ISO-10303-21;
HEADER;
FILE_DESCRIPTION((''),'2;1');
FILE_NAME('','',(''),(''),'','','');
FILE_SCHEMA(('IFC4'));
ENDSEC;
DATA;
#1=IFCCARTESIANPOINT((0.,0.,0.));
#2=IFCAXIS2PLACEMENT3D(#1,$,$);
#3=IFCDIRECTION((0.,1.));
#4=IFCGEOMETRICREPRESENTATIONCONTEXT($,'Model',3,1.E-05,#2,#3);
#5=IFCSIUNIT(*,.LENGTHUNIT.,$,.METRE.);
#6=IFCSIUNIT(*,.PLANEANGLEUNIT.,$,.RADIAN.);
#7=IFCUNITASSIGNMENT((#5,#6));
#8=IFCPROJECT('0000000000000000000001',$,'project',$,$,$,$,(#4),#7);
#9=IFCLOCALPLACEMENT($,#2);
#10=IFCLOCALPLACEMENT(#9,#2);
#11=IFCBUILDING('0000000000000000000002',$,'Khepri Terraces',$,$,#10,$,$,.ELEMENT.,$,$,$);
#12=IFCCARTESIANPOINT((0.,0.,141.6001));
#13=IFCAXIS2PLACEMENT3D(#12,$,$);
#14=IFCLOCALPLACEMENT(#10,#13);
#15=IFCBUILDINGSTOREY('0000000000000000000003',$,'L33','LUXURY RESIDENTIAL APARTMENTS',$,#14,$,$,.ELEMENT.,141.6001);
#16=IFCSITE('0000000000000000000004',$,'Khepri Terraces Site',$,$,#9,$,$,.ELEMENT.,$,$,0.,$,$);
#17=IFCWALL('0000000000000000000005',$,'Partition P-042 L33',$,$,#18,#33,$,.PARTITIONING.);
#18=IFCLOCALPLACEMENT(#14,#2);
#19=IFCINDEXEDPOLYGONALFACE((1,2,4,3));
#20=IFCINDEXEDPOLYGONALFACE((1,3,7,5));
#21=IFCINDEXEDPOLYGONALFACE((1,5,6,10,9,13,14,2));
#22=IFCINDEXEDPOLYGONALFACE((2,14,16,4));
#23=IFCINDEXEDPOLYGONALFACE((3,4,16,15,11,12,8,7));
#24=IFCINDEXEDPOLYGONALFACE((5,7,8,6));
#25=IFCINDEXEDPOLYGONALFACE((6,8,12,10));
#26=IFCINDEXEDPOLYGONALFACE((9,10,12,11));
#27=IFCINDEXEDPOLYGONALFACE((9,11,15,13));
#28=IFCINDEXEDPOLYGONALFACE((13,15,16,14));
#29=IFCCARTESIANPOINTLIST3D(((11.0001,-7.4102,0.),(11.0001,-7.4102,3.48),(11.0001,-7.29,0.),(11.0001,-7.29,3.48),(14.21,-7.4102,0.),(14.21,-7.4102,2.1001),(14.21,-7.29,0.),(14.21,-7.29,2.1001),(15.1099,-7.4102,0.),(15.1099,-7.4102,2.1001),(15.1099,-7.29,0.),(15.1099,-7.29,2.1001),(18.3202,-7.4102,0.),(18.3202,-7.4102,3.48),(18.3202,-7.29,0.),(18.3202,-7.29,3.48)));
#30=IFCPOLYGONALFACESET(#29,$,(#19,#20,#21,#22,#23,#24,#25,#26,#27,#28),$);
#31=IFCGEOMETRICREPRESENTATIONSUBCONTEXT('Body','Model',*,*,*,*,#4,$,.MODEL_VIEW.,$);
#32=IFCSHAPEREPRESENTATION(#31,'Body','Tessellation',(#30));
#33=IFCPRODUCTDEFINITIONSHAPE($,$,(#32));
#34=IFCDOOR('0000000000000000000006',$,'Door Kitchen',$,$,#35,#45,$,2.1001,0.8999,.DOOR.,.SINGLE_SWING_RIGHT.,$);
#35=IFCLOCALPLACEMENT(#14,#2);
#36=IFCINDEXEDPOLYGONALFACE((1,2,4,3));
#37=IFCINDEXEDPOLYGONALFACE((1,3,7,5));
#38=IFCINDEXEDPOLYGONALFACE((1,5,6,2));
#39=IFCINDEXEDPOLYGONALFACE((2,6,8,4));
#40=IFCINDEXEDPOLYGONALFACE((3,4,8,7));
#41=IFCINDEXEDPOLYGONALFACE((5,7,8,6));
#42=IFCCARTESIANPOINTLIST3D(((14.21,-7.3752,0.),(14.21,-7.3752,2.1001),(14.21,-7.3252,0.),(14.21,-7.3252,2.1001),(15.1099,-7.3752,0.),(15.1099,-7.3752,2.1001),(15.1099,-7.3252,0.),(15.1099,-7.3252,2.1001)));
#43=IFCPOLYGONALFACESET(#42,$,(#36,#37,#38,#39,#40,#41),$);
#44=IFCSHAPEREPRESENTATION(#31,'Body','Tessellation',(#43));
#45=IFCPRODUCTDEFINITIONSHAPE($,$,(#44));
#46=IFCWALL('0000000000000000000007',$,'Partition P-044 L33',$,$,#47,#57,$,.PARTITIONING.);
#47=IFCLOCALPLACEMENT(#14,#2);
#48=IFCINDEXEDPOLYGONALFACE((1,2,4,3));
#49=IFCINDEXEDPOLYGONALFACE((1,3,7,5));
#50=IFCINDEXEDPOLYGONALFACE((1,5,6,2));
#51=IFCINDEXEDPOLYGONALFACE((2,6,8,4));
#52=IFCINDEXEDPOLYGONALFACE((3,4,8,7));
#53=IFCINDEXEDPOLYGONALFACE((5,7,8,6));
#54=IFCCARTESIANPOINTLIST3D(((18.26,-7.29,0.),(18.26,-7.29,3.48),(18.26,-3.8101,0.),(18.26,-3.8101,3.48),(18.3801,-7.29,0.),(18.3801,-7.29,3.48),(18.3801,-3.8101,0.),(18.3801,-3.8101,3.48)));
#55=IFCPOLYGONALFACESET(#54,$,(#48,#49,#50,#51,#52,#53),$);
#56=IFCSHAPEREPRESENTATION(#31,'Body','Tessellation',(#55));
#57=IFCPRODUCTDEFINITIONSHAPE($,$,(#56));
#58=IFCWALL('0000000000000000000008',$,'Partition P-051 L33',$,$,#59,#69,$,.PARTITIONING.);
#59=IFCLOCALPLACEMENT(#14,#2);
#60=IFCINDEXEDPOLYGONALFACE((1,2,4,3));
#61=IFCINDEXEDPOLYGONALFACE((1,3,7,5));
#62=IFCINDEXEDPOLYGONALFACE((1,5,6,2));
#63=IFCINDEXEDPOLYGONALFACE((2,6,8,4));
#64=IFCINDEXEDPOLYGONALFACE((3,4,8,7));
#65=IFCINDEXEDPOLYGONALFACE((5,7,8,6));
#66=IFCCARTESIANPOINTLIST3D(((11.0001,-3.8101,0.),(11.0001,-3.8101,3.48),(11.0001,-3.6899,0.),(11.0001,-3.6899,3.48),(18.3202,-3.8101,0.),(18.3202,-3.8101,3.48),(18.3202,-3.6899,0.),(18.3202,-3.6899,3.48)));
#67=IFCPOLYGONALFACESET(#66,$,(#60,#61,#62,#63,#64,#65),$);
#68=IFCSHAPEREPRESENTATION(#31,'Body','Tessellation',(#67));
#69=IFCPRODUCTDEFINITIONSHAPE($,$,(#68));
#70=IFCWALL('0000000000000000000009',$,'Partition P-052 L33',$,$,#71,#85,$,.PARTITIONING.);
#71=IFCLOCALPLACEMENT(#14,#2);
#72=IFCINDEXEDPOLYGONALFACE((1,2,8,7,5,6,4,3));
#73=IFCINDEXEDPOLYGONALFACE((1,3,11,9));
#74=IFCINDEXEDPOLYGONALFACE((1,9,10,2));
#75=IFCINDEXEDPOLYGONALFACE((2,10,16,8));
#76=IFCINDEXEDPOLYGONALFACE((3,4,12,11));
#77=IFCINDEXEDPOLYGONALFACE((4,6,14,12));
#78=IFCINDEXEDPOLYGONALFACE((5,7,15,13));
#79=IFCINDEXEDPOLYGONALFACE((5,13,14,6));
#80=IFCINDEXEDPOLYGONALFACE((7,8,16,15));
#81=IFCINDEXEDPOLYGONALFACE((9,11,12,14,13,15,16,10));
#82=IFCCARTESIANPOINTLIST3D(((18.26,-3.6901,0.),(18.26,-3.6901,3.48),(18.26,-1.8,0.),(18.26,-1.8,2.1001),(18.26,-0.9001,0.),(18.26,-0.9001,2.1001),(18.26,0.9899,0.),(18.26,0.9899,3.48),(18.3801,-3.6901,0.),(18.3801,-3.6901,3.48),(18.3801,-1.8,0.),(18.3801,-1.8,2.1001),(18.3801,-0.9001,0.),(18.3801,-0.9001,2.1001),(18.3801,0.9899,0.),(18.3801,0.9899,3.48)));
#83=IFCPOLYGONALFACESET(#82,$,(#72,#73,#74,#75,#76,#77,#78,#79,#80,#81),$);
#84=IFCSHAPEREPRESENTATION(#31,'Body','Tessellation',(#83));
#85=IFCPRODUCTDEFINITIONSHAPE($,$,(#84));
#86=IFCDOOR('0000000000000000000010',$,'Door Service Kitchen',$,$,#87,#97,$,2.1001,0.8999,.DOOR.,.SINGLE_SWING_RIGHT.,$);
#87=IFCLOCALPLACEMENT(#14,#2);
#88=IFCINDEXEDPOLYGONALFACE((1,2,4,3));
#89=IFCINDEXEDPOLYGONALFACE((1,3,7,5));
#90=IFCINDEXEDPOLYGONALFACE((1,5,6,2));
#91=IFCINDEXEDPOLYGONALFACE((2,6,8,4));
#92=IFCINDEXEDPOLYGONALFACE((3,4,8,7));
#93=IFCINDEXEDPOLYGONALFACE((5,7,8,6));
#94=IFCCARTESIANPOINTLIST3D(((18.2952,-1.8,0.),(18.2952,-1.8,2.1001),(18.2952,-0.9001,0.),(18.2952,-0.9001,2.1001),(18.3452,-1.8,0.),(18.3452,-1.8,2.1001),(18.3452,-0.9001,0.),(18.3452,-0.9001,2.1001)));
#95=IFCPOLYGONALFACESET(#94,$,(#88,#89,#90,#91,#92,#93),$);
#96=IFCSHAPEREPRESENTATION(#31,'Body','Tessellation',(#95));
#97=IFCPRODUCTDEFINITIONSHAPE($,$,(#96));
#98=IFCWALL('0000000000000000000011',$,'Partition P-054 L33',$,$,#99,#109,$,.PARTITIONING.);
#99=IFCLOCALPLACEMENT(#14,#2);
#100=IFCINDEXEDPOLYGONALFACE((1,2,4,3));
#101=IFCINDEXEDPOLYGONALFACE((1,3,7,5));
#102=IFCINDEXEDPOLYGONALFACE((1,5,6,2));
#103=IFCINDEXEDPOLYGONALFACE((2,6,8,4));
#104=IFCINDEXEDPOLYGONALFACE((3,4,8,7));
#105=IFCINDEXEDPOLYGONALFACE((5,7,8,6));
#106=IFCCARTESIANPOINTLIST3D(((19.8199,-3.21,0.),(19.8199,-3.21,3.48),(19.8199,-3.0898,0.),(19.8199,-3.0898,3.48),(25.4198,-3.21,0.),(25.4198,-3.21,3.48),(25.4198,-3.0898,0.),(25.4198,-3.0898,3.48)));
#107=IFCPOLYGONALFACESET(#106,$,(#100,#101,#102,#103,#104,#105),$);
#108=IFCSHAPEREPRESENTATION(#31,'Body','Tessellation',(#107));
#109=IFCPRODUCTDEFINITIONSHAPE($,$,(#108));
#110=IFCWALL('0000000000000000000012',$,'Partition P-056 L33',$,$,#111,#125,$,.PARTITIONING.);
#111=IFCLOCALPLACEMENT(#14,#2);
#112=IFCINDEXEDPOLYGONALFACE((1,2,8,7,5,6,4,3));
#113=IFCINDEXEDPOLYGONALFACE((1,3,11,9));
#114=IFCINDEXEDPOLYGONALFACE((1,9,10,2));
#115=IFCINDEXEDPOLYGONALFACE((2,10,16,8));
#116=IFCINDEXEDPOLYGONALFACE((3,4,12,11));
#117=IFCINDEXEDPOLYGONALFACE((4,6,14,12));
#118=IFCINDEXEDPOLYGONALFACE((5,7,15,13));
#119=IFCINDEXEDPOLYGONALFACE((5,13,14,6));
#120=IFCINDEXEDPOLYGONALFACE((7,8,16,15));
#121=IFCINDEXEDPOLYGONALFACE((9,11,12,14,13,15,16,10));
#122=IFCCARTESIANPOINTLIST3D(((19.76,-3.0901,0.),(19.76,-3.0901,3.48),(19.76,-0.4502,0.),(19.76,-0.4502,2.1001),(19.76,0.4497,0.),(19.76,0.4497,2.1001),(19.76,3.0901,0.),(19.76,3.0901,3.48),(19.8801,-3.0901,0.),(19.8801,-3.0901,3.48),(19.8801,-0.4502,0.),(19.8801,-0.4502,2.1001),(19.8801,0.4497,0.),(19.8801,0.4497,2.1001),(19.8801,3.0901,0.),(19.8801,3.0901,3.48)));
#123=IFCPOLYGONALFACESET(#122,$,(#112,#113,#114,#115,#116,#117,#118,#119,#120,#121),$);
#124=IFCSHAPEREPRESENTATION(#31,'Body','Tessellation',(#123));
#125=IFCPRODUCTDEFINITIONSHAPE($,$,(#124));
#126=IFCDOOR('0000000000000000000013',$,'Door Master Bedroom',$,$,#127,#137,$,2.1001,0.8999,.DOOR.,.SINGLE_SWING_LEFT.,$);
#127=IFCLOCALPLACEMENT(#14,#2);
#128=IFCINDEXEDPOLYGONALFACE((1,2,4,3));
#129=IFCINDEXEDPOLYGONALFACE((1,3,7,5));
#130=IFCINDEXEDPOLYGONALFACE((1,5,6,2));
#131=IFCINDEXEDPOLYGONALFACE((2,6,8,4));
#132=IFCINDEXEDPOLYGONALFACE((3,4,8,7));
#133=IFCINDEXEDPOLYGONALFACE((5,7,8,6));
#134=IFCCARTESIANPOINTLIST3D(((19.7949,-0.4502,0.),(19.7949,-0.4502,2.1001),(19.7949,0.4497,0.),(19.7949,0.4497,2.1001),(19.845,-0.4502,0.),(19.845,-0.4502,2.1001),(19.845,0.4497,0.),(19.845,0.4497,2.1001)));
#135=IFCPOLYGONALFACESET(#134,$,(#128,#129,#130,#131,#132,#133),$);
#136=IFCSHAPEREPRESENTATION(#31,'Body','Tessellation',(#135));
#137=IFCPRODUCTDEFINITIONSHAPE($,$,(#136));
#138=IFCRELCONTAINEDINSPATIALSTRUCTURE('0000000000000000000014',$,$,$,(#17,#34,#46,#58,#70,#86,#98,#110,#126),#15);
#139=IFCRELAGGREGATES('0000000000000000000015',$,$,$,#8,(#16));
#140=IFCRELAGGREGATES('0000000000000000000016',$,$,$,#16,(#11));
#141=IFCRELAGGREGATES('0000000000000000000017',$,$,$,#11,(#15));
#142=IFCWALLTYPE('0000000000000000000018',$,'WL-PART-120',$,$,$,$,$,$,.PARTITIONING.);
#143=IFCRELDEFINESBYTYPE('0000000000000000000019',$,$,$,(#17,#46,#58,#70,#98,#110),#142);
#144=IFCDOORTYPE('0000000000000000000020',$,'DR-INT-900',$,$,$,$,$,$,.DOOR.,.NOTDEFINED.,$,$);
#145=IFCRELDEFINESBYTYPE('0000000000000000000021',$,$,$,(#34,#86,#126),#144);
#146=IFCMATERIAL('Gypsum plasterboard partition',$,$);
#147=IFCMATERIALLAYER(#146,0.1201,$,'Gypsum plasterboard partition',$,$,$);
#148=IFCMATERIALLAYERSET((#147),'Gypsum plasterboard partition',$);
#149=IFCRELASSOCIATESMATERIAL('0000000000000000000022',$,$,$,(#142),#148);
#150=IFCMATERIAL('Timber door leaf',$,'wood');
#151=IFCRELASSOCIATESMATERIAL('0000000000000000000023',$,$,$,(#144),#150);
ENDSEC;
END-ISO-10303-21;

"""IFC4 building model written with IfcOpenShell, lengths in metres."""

from ifc_helpers import new_model, si_unit, direction, frame, frame_2d, origin, place, context, subcontext, project, spatial, rectangle, extrude, material, layer, layer_set, type_object, element, fill, save


model = new_model("IFC4")

# Units and contexts
model_context = context("Model", 3, precision=1e-05, world=origin(), true_north=direction((0.0, 1.0)))
body_context = subcontext(model_context, "Body", "Model", "MODEL_VIEW")
ifc_project = project(units=[si_unit("LENGTHUNIT", "METRE"), si_unit("PLANEANGLEUNIT", "RADIAN")], contexts=[model_context])

# Site, building, storey
site_placement = place(None, origin())
site = spatial("IfcSite", under=ifc_project, at=site_placement, Name="Khepri Terraces Site", CompositionType="ELEMENT", RefElevation=0.0)
building_placement = place(site_placement, origin())
building = spatial("IfcBuilding", under=site, at=building_placement, Name="Khepri Terraces", CompositionType="ELEMENT")
storey_placement = place(building_placement, frame((0.0, 0.0, 141.6001)))
storey = spatial("IfcBuildingStorey", under=building, at=storey_placement, Name="L33", Description="LUXURY RESIDENTIAL APARTMENTS", CompositionType="ELEMENT", Elevation=141.6001)

# Shared definitions
ifc_material_1 = material(Name="Gypsum plasterboard partition")
ifc_layer_1 = layer(ifc_material_1, 0.1201, Name="Gypsum plasterboard partition")
ifc_layer_set_1 = layer_set([ifc_layer_1], Name="Gypsum plasterboard partition")
wall_type_1 = type_object("IfcWallType", Name="WL-PART-120", PredefinedType="PARTITIONING", material=ifc_layer_set_1)
ifc_material_2 = material(Name="Timber door leaf", Category="wood")
door_type_1 = type_object("IfcDoorType", Name="DR-INT-900", OperationType="NOTDEFINED", PredefinedType="DOOR", material=ifc_material_2)

# Wall, opening, door
wall_1_placement = place(storey_placement, frame((11.0, -7.3501, 0.0), z_axis=(0.0, 0.0, 1.0), x_axis=(1.0, 0.0, 0.0)))
wall_1 = element("IfcWall", 1, at=wall_1_placement, inside=storey, type_object=wall_type_1, Name="Partition P-042 L33", PredefinedType="PARTITIONING", context=body_context, shape_type="SweptSolid", body=[
    extrude(rectangle(XDim=7.3201, YDim=0.1201, at=frame_2d((3.6602, 0.0))), origin(), (0.0, 0.0, 1.0), 3.48),
])
opening_1_placement = place(wall_1_placement, frame((3.21, 0.0, 0.0)))
opening_1 = element("IfcOpeningElement", 2, at=opening_1_placement, cuts=wall_1, PredefinedType="OPENING", context=body_context, shape_type="SweptSolid", body=[
    extrude(rectangle(XDim=0.8999, YDim=2.1001, at=frame_2d((0.45, 1.05))), frame((0.0, 0.0701, 0.0), z_axis=(0.0, -1.0, 0.0), x_axis=(1.0, 0.0, 0.0)), (0.0, 0.0, 1.0), 0.1401),
])
door_1_placement = place(opening_1_placement, origin())
door_1 = element("IfcDoor", 3, at=door_1_placement, inside=storey, type_object=door_type_1, Name="Door Kitchen", OperationType="SINGLE_SWING_RIGHT", OverallHeight=2.1001, OverallWidth=0.8999, PredefinedType="DOOR", context=body_context, shape_type="SweptSolid", body=[
    extrude(rectangle(XDim=0.8999, YDim=2.1001, at=frame_2d((0.45, 1.05))), frame((0.0, 0.0249, 0.0), z_axis=(0.0, -1.0, 0.0), x_axis=(1.0, 0.0, 0.0)), (0.0, 0.0, 1.0), 0.05),
])
fill(opening_1, door_1)

# Walls
wall_2_placement = place(storey_placement, frame((18.3201, -7.29, 0.0), z_axis=(0.0, 0.0, 1.0), x_axis=(0.0, 1.0, 0.0)))
element("IfcWall", 4, at=wall_2_placement, inside=storey, type_object=wall_type_1, Name="Partition P-044 L33", PredefinedType="PARTITIONING", context=body_context, shape_type="SweptSolid", body=[
    extrude(rectangle(XDim=3.48, YDim=0.1201, at=frame_2d((1.74, 0.0))), origin(), (0.0, 0.0, 1.0), 3.48),
])
wall_3_placement = place(storey_placement, frame((11.0, -3.75, 0.0), z_axis=(0.0, 0.0, 1.0), x_axis=(1.0, 0.0, 0.0)))
element("IfcWall", 5, at=wall_3_placement, inside=storey, type_object=wall_type_1, Name="Partition P-051 L33", PredefinedType="PARTITIONING", context=body_context, shape_type="SweptSolid", body=[
    extrude(rectangle(XDim=7.3201, YDim=0.1201, at=frame_2d((3.6602, 0.0))), origin(), (0.0, 0.0, 1.0), 3.48),
])

# Wall, opening, door
wall_4_placement = place(storey_placement, frame((18.3201, -3.6899, 0.0), z_axis=(0.0, 0.0, 1.0), x_axis=(0.0, 1.0, 0.0)))
wall_4 = element("IfcWall", 6, at=wall_4_placement, inside=storey, type_object=wall_type_1, Name="Partition P-052 L33", PredefinedType="PARTITIONING", context=body_context, shape_type="SweptSolid", body=[
    extrude(rectangle(XDim=4.6799, YDim=0.1201, at=frame_2d((2.3398, 0.0))), origin(), (0.0, 0.0, 1.0), 3.48),
])
opening_2_placement = place(wall_4_placement, frame((1.8899, 0.0, 0.0)))
opening_2 = element("IfcOpeningElement", 7, at=opening_2_placement, cuts=wall_4, PredefinedType="OPENING", context=body_context, shape_type="SweptSolid", body=[
    extrude(rectangle(XDim=0.8999, YDim=2.1001, at=frame_2d((0.45, 1.05))), frame((0.0, 0.0701, 0.0), z_axis=(0.0, -1.0, 0.0), x_axis=(1.0, 0.0, 0.0)), (0.0, 0.0, 1.0), 0.1401),
])
door_2_placement = place(opening_2_placement, origin())
door_2 = element("IfcDoor", 8, at=door_2_placement, inside=storey, type_object=door_type_1, Name="Door Service Kitchen", OperationType="SINGLE_SWING_RIGHT", OverallHeight=2.1001, OverallWidth=0.8999, PredefinedType="DOOR", context=body_context, shape_type="SweptSolid", body=[
    extrude(rectangle(XDim=0.8999, YDim=2.1001, at=frame_2d((0.45, 1.05))), frame((0.0, 0.0249, 0.0), z_axis=(0.0, -1.0, 0.0), x_axis=(1.0, 0.0, 0.0)), (0.0, 0.0, 1.0), 0.05),
])
fill(opening_2, door_2)

# Wall
wall_5_placement = place(storey_placement, frame((19.8201, -3.1499, 0.0), z_axis=(0.0, 0.0, 1.0), x_axis=(1.0, 0.0, 0.0)))
element("IfcWall", 9, at=wall_5_placement, inside=storey, type_object=wall_type_1, Name="Partition P-054 L33", PredefinedType="PARTITIONING", context=body_context, shape_type="SweptSolid", body=[
    extrude(rectangle(XDim=5.5999, YDim=0.1201, at=frame_2d((2.7998, 0.0))), origin(), (0.0, 0.0, 1.0), 3.48),
])

# Wall, opening, door
wall_6_placement = place(storey_placement, frame((19.8201, -3.0901, 0.0), z_axis=(0.0, 0.0, 1.0), x_axis=(0.0, 1.0, 0.0)))
wall_6 = element("IfcWall", 10, at=wall_6_placement, inside=storey, type_object=wall_type_1, Name="Partition P-056 L33", PredefinedType="PARTITIONING", context=body_context, shape_type="SweptSolid", body=[
    extrude(rectangle(XDim=6.1802, YDim=0.1201, at=frame_2d((3.0901, 0.0))), origin(), (0.0, 0.0, 1.0), 3.48),
])
opening_3_placement = place(wall_6_placement, frame((2.6399, 0.0, 0.0)))
opening_3 = element("IfcOpeningElement", 11, at=opening_3_placement, cuts=wall_6, PredefinedType="OPENING", context=body_context, shape_type="SweptSolid", body=[
    extrude(rectangle(XDim=0.8999, YDim=2.1001, at=frame_2d((0.45, 1.05))), frame((0.0, 0.0701, 0.0), z_axis=(0.0, -1.0, 0.0), x_axis=(1.0, 0.0, 0.0)), (0.0, 0.0, 1.0), 0.1401),
])
door_3_placement = place(opening_3_placement, frame((0.8999, 0.0, 0.0), z_axis=(0.0, 0.0, 1.0), x_axis=(-1.0, 0.0, 0.0)))
door_3 = element("IfcDoor", 12, at=door_3_placement, inside=storey, type_object=door_type_1, Name="Door Master Bedroom", OperationType="SINGLE_SWING_LEFT", OverallHeight=2.1001, OverallWidth=0.8999, PredefinedType="DOOR", context=body_context, shape_type="SweptSolid", body=[
    extrude(rectangle(XDim=0.8999, YDim=2.1001, at=frame_2d((0.45, 1.05))), frame((0.0, 0.0249, 0.0), z_axis=(0.0, -1.0, 0.0), x_axis=(1.0, 0.0, 0.0)), (0.0, 0.0, 1.0), 0.05),
])
fill(opening_3, door_3)

save(model, "model.ifc")
